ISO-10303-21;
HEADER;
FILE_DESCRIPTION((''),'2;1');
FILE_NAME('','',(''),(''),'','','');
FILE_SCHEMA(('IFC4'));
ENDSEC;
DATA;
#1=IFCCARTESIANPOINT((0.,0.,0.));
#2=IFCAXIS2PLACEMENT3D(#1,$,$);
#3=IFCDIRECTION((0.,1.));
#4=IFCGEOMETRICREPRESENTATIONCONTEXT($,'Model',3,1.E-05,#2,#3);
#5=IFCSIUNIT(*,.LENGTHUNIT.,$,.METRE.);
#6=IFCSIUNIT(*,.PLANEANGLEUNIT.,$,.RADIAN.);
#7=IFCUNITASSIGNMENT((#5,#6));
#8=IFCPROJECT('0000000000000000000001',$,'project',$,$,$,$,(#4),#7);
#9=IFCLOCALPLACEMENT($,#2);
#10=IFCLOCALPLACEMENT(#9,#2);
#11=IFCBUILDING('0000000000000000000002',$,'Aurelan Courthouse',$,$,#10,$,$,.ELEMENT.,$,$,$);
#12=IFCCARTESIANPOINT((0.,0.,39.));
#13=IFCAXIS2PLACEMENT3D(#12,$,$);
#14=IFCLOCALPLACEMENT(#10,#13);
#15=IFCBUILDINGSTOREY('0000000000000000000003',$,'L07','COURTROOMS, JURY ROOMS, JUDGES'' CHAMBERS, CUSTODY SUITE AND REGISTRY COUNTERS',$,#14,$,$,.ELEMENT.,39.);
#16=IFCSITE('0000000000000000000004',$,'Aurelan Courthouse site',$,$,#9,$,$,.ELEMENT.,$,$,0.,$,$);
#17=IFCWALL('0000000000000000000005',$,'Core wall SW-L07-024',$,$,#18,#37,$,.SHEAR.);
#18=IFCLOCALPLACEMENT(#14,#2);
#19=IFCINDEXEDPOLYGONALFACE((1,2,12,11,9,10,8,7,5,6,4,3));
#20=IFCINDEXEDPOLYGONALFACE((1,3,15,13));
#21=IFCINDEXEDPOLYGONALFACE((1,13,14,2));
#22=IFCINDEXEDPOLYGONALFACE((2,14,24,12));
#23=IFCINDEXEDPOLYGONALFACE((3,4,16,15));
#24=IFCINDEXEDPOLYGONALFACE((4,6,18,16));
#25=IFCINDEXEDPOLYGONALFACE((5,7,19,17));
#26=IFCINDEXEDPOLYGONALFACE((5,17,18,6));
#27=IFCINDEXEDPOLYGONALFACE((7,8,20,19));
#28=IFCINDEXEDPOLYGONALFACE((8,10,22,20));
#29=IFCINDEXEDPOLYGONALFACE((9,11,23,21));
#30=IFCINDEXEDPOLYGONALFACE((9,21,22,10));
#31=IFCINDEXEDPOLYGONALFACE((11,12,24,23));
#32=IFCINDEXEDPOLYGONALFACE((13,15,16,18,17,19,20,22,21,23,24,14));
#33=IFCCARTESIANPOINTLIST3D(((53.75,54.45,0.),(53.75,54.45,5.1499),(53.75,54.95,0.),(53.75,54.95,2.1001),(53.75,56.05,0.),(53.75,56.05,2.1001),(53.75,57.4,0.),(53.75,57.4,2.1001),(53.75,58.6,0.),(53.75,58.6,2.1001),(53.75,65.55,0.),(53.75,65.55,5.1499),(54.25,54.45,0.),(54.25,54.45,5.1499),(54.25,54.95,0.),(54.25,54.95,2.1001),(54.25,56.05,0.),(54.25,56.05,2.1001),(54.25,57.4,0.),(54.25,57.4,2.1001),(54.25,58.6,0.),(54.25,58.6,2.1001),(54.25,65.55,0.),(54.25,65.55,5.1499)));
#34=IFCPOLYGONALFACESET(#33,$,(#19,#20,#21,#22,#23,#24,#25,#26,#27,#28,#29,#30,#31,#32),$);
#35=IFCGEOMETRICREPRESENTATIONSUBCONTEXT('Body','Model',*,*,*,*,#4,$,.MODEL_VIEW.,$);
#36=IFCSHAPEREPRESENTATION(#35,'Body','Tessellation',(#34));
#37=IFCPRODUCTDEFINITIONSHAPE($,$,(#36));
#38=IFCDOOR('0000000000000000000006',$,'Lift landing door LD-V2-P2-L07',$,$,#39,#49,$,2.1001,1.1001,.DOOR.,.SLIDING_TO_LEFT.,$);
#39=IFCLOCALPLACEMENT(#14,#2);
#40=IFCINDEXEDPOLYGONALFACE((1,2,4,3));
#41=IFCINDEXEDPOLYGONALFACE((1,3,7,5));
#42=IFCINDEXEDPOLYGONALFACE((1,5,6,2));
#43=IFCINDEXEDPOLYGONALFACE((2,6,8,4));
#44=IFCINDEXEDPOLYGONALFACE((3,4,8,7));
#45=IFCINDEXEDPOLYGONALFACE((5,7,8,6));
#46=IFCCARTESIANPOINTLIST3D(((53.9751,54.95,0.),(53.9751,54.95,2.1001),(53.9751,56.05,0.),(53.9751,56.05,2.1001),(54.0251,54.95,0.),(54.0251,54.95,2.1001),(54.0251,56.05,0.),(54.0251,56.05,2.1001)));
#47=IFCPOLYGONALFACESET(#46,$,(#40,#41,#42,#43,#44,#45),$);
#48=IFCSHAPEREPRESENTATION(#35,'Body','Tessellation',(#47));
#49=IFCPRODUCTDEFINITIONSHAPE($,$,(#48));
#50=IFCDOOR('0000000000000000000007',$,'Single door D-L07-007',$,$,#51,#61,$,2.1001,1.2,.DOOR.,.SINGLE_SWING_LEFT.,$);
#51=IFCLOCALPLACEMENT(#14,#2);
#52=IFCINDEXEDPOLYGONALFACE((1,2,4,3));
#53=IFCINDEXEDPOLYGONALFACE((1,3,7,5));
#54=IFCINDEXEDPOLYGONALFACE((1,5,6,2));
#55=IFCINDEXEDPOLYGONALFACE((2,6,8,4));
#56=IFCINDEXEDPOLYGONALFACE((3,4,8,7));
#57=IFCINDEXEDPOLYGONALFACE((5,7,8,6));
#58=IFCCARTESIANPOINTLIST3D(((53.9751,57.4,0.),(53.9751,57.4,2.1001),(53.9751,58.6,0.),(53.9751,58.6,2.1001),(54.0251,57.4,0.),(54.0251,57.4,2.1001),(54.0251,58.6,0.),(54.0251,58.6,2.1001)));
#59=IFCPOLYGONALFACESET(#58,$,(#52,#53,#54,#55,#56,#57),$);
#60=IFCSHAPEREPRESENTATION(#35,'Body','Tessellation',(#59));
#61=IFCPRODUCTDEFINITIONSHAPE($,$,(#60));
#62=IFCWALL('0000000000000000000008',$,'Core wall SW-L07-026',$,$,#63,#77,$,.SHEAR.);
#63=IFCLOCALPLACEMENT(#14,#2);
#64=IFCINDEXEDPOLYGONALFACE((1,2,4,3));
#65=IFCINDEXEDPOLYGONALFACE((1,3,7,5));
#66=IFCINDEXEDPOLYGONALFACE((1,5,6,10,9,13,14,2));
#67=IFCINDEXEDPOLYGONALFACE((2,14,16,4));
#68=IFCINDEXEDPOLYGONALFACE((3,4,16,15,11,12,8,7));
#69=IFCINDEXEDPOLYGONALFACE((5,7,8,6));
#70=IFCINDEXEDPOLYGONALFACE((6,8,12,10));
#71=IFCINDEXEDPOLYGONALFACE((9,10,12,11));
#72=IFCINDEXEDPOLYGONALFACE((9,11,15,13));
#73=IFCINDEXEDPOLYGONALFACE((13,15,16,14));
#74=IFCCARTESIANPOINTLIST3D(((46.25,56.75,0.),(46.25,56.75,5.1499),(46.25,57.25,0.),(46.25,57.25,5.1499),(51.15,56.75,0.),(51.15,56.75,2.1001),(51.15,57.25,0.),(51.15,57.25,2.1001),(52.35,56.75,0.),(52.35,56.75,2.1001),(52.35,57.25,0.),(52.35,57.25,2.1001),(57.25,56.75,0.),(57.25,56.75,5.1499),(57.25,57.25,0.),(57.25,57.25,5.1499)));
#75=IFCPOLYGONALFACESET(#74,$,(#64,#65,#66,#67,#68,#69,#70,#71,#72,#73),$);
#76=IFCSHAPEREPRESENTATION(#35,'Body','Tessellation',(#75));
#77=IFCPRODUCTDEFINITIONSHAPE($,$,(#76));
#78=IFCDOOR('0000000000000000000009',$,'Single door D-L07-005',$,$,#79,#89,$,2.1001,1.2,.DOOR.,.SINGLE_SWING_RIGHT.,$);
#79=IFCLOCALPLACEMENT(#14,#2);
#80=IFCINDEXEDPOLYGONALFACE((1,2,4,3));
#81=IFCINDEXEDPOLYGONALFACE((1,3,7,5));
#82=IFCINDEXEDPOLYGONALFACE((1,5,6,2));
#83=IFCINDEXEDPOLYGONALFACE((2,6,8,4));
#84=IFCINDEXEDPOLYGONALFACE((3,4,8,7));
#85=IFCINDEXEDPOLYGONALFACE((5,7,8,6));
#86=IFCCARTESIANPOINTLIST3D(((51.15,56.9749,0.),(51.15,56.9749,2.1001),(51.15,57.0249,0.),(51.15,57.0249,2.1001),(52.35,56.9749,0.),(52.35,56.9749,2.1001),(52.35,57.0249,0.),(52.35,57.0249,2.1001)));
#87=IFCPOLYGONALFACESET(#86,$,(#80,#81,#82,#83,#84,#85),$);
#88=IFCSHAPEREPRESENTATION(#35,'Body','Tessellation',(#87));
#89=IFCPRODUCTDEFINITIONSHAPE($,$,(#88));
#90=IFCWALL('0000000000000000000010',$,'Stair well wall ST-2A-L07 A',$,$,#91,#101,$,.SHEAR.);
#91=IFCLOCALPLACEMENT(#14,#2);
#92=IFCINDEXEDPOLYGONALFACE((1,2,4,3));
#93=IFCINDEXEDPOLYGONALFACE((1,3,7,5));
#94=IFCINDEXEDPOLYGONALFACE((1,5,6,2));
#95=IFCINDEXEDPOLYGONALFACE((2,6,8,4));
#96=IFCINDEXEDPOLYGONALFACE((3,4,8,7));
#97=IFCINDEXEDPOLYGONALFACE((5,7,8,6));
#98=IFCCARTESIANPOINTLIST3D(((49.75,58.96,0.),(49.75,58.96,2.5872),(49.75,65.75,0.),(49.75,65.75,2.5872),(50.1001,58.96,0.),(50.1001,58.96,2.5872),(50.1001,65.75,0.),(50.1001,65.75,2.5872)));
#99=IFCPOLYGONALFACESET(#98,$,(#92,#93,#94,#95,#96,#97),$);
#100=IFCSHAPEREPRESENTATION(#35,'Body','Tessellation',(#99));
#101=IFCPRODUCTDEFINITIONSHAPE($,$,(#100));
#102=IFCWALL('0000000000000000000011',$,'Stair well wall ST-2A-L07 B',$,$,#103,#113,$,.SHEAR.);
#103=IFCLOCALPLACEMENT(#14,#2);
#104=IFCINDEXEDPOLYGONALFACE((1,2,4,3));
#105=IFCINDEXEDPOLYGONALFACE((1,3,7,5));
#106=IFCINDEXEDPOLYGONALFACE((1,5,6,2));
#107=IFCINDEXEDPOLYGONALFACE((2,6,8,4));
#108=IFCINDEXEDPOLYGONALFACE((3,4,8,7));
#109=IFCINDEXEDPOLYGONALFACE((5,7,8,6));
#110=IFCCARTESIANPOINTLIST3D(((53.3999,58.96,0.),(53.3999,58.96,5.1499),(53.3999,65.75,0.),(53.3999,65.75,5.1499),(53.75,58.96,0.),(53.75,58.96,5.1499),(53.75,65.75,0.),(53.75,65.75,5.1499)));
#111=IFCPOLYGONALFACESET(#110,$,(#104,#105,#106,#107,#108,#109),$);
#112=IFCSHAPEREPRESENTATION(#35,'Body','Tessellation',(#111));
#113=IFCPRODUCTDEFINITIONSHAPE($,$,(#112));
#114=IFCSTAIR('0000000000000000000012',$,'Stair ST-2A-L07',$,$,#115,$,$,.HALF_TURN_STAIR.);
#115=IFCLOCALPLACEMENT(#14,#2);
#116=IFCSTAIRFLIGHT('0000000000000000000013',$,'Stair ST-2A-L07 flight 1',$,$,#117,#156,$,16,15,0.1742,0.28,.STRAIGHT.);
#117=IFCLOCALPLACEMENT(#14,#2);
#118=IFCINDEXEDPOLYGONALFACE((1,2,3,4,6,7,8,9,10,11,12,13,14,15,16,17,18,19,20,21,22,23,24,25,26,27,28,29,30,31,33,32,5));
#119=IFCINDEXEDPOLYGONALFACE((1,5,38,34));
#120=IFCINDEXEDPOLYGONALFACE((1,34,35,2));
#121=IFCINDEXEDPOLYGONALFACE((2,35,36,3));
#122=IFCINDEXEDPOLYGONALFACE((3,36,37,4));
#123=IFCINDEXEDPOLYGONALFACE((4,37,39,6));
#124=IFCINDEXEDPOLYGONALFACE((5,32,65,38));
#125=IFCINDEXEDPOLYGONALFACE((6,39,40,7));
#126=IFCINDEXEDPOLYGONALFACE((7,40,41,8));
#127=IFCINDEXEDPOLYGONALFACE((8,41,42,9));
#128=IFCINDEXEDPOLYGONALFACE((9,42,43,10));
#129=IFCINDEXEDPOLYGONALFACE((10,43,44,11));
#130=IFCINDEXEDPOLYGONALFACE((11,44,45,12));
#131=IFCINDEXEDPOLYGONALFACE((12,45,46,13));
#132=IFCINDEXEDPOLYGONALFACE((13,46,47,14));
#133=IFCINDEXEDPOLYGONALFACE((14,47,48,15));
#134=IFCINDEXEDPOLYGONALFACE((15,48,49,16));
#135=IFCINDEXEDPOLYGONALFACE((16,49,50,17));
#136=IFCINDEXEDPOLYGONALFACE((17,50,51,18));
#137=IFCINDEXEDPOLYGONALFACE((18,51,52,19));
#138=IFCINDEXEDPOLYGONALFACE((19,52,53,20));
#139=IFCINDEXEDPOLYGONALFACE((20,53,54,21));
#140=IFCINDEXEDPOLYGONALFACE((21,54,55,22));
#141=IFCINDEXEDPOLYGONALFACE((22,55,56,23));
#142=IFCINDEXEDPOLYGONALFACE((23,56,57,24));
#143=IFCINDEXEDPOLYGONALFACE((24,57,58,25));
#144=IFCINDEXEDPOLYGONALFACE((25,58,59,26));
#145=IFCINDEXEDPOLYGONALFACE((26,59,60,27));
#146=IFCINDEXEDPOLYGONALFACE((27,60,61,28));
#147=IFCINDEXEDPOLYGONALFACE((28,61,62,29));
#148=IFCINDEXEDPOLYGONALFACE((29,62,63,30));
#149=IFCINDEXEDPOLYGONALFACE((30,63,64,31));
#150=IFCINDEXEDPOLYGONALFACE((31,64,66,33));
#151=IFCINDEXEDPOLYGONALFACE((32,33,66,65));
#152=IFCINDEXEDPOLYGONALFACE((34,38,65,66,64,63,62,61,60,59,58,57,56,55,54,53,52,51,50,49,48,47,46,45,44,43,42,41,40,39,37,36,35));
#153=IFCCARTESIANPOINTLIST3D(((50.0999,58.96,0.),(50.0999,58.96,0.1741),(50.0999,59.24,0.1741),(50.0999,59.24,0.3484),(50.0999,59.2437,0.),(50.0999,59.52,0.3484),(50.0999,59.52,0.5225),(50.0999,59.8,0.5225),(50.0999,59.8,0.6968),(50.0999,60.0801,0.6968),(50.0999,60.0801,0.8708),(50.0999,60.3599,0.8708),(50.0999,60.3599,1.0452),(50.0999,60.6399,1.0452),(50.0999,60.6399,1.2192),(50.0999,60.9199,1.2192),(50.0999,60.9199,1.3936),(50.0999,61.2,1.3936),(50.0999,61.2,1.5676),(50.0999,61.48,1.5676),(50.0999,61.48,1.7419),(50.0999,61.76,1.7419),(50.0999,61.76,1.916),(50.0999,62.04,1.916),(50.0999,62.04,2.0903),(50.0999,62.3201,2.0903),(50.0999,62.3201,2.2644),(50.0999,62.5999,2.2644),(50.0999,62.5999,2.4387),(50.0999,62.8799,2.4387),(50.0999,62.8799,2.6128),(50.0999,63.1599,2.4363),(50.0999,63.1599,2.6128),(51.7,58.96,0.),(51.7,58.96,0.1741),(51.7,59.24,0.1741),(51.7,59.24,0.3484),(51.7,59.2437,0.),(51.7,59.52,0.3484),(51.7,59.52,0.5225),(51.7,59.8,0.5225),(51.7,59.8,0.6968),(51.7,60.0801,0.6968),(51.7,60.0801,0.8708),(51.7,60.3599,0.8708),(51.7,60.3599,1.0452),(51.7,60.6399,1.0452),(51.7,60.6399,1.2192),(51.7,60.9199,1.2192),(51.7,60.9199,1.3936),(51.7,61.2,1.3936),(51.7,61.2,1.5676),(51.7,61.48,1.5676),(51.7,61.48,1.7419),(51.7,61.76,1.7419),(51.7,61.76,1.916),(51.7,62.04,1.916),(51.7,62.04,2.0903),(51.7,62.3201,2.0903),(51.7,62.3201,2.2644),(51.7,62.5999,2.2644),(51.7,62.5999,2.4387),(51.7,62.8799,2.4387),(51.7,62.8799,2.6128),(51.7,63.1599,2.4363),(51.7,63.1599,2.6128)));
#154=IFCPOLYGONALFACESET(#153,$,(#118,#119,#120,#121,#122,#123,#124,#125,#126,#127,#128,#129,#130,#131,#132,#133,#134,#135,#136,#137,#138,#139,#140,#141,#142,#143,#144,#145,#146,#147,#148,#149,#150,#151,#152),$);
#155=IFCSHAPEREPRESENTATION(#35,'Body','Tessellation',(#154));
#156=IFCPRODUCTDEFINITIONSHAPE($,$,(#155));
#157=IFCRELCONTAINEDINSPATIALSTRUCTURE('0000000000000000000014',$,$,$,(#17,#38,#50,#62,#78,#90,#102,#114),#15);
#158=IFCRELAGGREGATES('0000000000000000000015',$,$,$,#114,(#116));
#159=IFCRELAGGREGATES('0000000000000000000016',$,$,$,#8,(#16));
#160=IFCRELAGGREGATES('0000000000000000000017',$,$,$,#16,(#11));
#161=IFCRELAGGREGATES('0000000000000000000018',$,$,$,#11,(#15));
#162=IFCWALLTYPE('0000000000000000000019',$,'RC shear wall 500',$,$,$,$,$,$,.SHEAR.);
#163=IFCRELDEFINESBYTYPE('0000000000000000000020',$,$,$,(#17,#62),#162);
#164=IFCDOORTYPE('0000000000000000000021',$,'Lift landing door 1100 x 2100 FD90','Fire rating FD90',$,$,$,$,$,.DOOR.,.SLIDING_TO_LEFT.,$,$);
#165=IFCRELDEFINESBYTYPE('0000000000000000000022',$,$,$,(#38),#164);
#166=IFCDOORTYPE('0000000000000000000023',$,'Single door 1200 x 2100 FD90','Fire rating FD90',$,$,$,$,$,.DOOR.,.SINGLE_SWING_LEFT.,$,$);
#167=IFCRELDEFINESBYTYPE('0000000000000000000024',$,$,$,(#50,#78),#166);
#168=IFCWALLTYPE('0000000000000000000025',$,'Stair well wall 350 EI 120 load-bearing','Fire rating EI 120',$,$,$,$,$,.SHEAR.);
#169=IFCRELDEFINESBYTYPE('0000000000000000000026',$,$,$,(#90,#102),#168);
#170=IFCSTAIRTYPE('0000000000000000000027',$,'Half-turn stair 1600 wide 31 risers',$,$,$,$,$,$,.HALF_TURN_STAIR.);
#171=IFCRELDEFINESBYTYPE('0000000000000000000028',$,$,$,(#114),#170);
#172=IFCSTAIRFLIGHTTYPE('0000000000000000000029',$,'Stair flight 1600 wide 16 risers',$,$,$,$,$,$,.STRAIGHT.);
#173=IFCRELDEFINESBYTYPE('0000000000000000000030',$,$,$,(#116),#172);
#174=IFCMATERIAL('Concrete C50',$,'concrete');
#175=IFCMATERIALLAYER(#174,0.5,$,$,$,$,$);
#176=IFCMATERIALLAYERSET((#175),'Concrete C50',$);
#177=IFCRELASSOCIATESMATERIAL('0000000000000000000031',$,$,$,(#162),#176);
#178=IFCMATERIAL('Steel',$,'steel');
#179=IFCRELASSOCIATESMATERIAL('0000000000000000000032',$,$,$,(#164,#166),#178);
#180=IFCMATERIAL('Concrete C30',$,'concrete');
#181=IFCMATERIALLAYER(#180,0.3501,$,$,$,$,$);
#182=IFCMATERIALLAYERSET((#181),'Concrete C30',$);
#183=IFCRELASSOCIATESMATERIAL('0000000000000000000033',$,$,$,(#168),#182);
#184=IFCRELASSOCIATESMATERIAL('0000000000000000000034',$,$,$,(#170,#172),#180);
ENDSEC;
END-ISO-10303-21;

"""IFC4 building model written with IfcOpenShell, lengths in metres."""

from ifc_helpers import new_model, si_unit, direction, frame, frame_2d, origin, place, context, subcontext, project, spatial, polyline, rectangle, outline, extrude, material, layer, layer_set, type_object, element, fill, aggregate, save


model = new_model("IFC4")

# Units and contexts
model_context = context("Model", 3, precision=1e-05, world=origin(), true_north=direction((0.0, 1.0)))
body_context = subcontext(model_context, "Body", "Model", "MODEL_VIEW")
ifc_project = project(units=[si_unit("LENGTHUNIT", "METRE"), si_unit("PLANEANGLEUNIT", "RADIAN")], contexts=[model_context])

# Site, building, storey
site_placement = place(None, origin())
site = spatial("IfcSite", under=ifc_project, at=site_placement, Name="Aurelan Courthouse site", CompositionType="ELEMENT", RefElevation=0.0)
building_placement = place(site_placement, origin())
building = spatial("IfcBuilding", under=site, at=building_placement, Name="Aurelan Courthouse", CompositionType="ELEMENT")
storey_placement = place(building_placement, frame((0.0, 0.0, 39.0)))
storey = spatial("IfcBuildingStorey", under=building, at=storey_placement, Name="L07", Description="COURTROOMS, JURY ROOMS, JUDGES' CHAMBERS, CUSTODY SUITE AND REGISTRY COUNTERS", CompositionType="ELEMENT", Elevation=39.0)

# Shared definitions
ifc_material_1 = material(Name="Concrete C50", Category="concrete")

# Shared definitions
ifc_layer_1 = layer(ifc_material_1, 0.5)
ifc_layer_set_1 = layer_set([ifc_layer_1], Name="Concrete C50")
wall_type_1 = type_object("IfcWallType", Name="RC shear wall 500", PredefinedType="SHEAR", material=ifc_layer_set_1)

# Wall, openings, doors
ifc_material_2 = material(Name="Steel", Category="steel")
door_type_1 = type_object("IfcDoorType", Name="Lift landing door 1100 x 2100 FD90", Description="Fire rating FD90", OperationType="SLIDING_TO_LEFT", PredefinedType="DOOR", material=ifc_material_2)
door_type_2 = type_object("IfcDoorType", Name="Single door 1200 x 2100 FD90", Description="Fire rating FD90", OperationType="SINGLE_SWING_LEFT", PredefinedType="DOOR", material=ifc_material_2)
wall_1_placement = place(storey_placement, frame((54.0, 54.45, 0.0), z_axis=(0.0, 0.0, 1.0), x_axis=(0.0, 1.0, 0.0)))
wall_1 = element("IfcWall", 1, at=wall_1_placement, inside=storey, type_object=wall_type_1, Name="Core wall SW-L07-024", PredefinedType="SHEAR", context=body_context, shape_type="SweptSolid", body=[
    extrude(rectangle(XDim=11.1001, YDim=0.5, at=frame_2d((5.55, 0.0))), origin(), (0.0, 0.0, 1.0), 5.1499),
])
opening_1_placement = place(wall_1_placement, frame((0.5, 0.0, 0.0)))
opening_1 = element("IfcOpeningElement", 2, at=opening_1_placement, cuts=wall_1, PredefinedType="OPENING", context=body_context, shape_type="SweptSolid", body=[
    extrude(rectangle(XDim=1.1001, YDim=2.1001, at=frame_2d((0.55, 1.05))), frame((0.0, 0.26, 0.0), z_axis=(0.0, -1.0, 0.0), x_axis=(1.0, 0.0, 0.0)), (0.0, 0.0, 1.0), 0.52),
])
opening_2_placement = place(wall_1_placement, frame((2.95, 0.0, 0.0)))
opening_2 = element("IfcOpeningElement", 3, at=opening_2_placement, cuts=wall_1, PredefinedType="OPENING", context=body_context, shape_type="SweptSolid", body=[
    extrude(rectangle(XDim=1.2, YDim=2.1001, at=frame_2d((0.6001, 1.05))), frame((0.0, 0.26, 0.0), z_axis=(0.0, -1.0, 0.0), x_axis=(1.0, 0.0, 0.0)), (0.0, 0.0, 1.0), 0.52),
])
door_1_placement = place(opening_1_placement, origin())
door_1 = element("IfcDoor", 4, at=door_1_placement, inside=storey, type_object=door_type_1, Name="Lift landing door LD-V2-P2-L07", OperationType="SLIDING_TO_LEFT", OverallHeight=2.1001, OverallWidth=1.1001, PredefinedType="DOOR", context=body_context, shape_type="SweptSolid", body=[
    extrude(rectangle(XDim=1.1001, YDim=2.1001, at=frame_2d((0.55, 1.05))), frame((0.0, 0.0249, 0.0), z_axis=(0.0, -1.0, 0.0), x_axis=(1.0, 0.0, 0.0)), (0.0, 0.0, 1.0), 0.05),
])
fill(opening_1, door_1)
door_2_placement = place(opening_2_placement, origin())
door_2 = element("IfcDoor", 5, at=door_2_placement, inside=storey, type_object=door_type_2, Name="Single door D-L07-007", OperationType="SINGLE_SWING_LEFT", OverallHeight=2.1001, OverallWidth=1.2, PredefinedType="DOOR", context=body_context, shape_type="SweptSolid", body=[
    extrude(rectangle(XDim=1.2, YDim=2.1001, at=frame_2d((0.6001, 1.05))), frame((0.0, 0.0249, 0.0), z_axis=(0.0, -1.0, 0.0), x_axis=(1.0, 0.0, 0.0)), (0.0, 0.0, 1.0), 0.05),
])
fill(opening_2, door_2)

# Wall, opening, door
wall_2_placement = place(storey_placement, frame((46.25, 57.0, 0.0), z_axis=(0.0, 0.0, 1.0), x_axis=(1.0, 0.0, 0.0)))
wall_2 = element("IfcWall", 6, at=wall_2_placement, inside=storey, type_object=wall_type_1, Name="Core wall SW-L07-026", PredefinedType="SHEAR", context=body_context, shape_type="SweptSolid", body=[
    extrude(rectangle(XDim=11.0, YDim=0.5, at=frame_2d((5.5, 0.0))), origin(), (0.0, 0.0, 1.0), 5.1499),
])
opening_3_placement = place(wall_2_placement, frame((4.8999, 0.0, 0.0)))
opening_3 = element("IfcOpeningElement", 7, at=opening_3_placement, cuts=wall_2, PredefinedType="OPENING", context=body_context, shape_type="SweptSolid", body=[
    extrude(rectangle(XDim=1.2, YDim=2.1001, at=frame_2d((0.6001, 1.05))), frame((0.0, 0.26, 0.0), z_axis=(0.0, -1.0, 0.0), x_axis=(1.0, 0.0, 0.0)), (0.0, 0.0, 1.0), 0.52),
])
door_3_placement = place(opening_3_placement, origin())
door_3 = element("IfcDoor", 8, at=door_3_placement, inside=storey, type_object=door_type_2, Name="Single door D-L07-005", OperationType="SINGLE_SWING_RIGHT", OverallHeight=2.1001, OverallWidth=1.2, PredefinedType="DOOR", context=body_context, shape_type="SweptSolid", body=[
    extrude(rectangle(XDim=1.2, YDim=2.1001, at=frame_2d((0.6001, 1.05))), frame((0.0, 0.0249, 0.0), z_axis=(0.0, -1.0, 0.0), x_axis=(1.0, 0.0, 0.0)), (0.0, 0.0, 1.0), 0.05),
])
fill(opening_3, door_3)

# Walls
ifc_material_3 = material(Name="Concrete C30", Category="concrete")
ifc_layer_2 = layer(ifc_material_3, 0.3501)
ifc_layer_set_2 = layer_set([ifc_layer_2], Name="Concrete C30")
wall_type_2 = type_object("IfcWallType", Name="Stair well wall 350 EI 120 load-bearing", Description="Fire rating EI 120", PredefinedType="SHEAR", material=ifc_layer_set_2)
wall_3_placement = place(storey_placement, frame((49.925, 58.96, 0.0), z_axis=(0.0, 0.0, 1.0), x_axis=(0.0, 1.0, 0.0)))
element("IfcWall", 9, at=wall_3_placement, inside=storey, type_object=wall_type_2, Name="Stair well wall ST-2A-L07 A", PredefinedType="SHEAR", context=body_context, shape_type="SweptSolid", body=[
    extrude(rectangle(XDim=6.79, YDim=0.3501, at=frame_2d((3.395, 0.0))), origin(), (0.0, 0.0, 1.0), 2.5872),
])
wall_4_placement = place(storey_placement, frame((53.575, 58.96, 0.0), z_axis=(0.0, 0.0, 1.0), x_axis=(0.0, 1.0, 0.0)))
element("IfcWall", 10, at=wall_4_placement, inside=storey, type_object=wall_type_2, Name="Stair well wall ST-2A-L07 B", PredefinedType="SHEAR", context=body_context, shape_type="SweptSolid", body=[
    extrude(rectangle(XDim=6.79, YDim=0.3501, at=frame_2d((3.395, 0.0))), origin(), (0.0, 0.0, 1.0), 5.1499),
])

# Stair, stair flight
stair_type = type_object("IfcStairType", Name="Half-turn stair 1600 wide 31 risers", PredefinedType="HALF_TURN_STAIR", material=ifc_material_3)
stair_placement = place(storey_placement, origin())
stair = element("IfcStair", 11, at=stair_placement, inside=storey, type_object=stair_type, Name="Stair ST-2A-L07", PredefinedType="HALF_TURN_STAIR")
stair_flight_type = type_object("IfcStairFlightType", Name="Stair flight 1600 wide 16 risers", PredefinedType="STRAIGHT", material=ifc_material_3)
stair_flight_placement = place(storey_placement, frame((50.8999, 58.96, 0.0), z_axis=(0.0, 0.0, 1.0), x_axis=(0.0, 1.0, 0.0)))
stair_flight = element("IfcStairFlight", 12, at=stair_flight_placement, type_object=stair_flight_type, Name="Stair ST-2A-L07 flight 1", NumberOfRisers=16, NumberOfTreads=15, PredefinedType="STRAIGHT", RiserHeight=0.1742, TreadLength=0.28, context=body_context, shape_type="SweptSolid", body=[
    extrude(outline(polyline([(0.0, 0.0), (0.0, 0.1741), (0.28, 0.1741), (0.28, 0.3484), (0.5601, 0.3484), (0.5601, 0.5225), (0.8401, 0.5225), (0.8401, 0.6968), (1.1201, 0.6968), (1.1201, 0.8708), (1.3999, 0.8708), (1.3999, 1.0452), (1.6799, 1.0452), (1.6799, 1.2192), (1.96, 1.2192), (1.96, 1.3936), (2.24, 1.3936), (2.24, 1.5676), (2.52, 1.5676), (2.52, 1.7419), (2.8, 1.7419), (2.8, 1.916), (3.0801, 1.916), (3.0801, 2.0903), (3.3601, 2.0903), (3.3601, 2.2644), (3.6399, 2.2644), (3.6399, 2.4387), (3.9199, 2.4387), (3.9199, 2.6128), (4.2, 2.6128), (4.2, 2.7871), (4.2, 2.4363), (0.2837, 0.0), (0.0, 0.0)])), frame((0.0, 0.8, 0.0), z_axis=(0.0, -1.0, 0.0), x_axis=(1.0, 0.0, 0.0)), (0.0, 0.0, 1.0), 1.6001),
])
aggregate(stair, [stair_flight])

save(model, "model.ifc")
